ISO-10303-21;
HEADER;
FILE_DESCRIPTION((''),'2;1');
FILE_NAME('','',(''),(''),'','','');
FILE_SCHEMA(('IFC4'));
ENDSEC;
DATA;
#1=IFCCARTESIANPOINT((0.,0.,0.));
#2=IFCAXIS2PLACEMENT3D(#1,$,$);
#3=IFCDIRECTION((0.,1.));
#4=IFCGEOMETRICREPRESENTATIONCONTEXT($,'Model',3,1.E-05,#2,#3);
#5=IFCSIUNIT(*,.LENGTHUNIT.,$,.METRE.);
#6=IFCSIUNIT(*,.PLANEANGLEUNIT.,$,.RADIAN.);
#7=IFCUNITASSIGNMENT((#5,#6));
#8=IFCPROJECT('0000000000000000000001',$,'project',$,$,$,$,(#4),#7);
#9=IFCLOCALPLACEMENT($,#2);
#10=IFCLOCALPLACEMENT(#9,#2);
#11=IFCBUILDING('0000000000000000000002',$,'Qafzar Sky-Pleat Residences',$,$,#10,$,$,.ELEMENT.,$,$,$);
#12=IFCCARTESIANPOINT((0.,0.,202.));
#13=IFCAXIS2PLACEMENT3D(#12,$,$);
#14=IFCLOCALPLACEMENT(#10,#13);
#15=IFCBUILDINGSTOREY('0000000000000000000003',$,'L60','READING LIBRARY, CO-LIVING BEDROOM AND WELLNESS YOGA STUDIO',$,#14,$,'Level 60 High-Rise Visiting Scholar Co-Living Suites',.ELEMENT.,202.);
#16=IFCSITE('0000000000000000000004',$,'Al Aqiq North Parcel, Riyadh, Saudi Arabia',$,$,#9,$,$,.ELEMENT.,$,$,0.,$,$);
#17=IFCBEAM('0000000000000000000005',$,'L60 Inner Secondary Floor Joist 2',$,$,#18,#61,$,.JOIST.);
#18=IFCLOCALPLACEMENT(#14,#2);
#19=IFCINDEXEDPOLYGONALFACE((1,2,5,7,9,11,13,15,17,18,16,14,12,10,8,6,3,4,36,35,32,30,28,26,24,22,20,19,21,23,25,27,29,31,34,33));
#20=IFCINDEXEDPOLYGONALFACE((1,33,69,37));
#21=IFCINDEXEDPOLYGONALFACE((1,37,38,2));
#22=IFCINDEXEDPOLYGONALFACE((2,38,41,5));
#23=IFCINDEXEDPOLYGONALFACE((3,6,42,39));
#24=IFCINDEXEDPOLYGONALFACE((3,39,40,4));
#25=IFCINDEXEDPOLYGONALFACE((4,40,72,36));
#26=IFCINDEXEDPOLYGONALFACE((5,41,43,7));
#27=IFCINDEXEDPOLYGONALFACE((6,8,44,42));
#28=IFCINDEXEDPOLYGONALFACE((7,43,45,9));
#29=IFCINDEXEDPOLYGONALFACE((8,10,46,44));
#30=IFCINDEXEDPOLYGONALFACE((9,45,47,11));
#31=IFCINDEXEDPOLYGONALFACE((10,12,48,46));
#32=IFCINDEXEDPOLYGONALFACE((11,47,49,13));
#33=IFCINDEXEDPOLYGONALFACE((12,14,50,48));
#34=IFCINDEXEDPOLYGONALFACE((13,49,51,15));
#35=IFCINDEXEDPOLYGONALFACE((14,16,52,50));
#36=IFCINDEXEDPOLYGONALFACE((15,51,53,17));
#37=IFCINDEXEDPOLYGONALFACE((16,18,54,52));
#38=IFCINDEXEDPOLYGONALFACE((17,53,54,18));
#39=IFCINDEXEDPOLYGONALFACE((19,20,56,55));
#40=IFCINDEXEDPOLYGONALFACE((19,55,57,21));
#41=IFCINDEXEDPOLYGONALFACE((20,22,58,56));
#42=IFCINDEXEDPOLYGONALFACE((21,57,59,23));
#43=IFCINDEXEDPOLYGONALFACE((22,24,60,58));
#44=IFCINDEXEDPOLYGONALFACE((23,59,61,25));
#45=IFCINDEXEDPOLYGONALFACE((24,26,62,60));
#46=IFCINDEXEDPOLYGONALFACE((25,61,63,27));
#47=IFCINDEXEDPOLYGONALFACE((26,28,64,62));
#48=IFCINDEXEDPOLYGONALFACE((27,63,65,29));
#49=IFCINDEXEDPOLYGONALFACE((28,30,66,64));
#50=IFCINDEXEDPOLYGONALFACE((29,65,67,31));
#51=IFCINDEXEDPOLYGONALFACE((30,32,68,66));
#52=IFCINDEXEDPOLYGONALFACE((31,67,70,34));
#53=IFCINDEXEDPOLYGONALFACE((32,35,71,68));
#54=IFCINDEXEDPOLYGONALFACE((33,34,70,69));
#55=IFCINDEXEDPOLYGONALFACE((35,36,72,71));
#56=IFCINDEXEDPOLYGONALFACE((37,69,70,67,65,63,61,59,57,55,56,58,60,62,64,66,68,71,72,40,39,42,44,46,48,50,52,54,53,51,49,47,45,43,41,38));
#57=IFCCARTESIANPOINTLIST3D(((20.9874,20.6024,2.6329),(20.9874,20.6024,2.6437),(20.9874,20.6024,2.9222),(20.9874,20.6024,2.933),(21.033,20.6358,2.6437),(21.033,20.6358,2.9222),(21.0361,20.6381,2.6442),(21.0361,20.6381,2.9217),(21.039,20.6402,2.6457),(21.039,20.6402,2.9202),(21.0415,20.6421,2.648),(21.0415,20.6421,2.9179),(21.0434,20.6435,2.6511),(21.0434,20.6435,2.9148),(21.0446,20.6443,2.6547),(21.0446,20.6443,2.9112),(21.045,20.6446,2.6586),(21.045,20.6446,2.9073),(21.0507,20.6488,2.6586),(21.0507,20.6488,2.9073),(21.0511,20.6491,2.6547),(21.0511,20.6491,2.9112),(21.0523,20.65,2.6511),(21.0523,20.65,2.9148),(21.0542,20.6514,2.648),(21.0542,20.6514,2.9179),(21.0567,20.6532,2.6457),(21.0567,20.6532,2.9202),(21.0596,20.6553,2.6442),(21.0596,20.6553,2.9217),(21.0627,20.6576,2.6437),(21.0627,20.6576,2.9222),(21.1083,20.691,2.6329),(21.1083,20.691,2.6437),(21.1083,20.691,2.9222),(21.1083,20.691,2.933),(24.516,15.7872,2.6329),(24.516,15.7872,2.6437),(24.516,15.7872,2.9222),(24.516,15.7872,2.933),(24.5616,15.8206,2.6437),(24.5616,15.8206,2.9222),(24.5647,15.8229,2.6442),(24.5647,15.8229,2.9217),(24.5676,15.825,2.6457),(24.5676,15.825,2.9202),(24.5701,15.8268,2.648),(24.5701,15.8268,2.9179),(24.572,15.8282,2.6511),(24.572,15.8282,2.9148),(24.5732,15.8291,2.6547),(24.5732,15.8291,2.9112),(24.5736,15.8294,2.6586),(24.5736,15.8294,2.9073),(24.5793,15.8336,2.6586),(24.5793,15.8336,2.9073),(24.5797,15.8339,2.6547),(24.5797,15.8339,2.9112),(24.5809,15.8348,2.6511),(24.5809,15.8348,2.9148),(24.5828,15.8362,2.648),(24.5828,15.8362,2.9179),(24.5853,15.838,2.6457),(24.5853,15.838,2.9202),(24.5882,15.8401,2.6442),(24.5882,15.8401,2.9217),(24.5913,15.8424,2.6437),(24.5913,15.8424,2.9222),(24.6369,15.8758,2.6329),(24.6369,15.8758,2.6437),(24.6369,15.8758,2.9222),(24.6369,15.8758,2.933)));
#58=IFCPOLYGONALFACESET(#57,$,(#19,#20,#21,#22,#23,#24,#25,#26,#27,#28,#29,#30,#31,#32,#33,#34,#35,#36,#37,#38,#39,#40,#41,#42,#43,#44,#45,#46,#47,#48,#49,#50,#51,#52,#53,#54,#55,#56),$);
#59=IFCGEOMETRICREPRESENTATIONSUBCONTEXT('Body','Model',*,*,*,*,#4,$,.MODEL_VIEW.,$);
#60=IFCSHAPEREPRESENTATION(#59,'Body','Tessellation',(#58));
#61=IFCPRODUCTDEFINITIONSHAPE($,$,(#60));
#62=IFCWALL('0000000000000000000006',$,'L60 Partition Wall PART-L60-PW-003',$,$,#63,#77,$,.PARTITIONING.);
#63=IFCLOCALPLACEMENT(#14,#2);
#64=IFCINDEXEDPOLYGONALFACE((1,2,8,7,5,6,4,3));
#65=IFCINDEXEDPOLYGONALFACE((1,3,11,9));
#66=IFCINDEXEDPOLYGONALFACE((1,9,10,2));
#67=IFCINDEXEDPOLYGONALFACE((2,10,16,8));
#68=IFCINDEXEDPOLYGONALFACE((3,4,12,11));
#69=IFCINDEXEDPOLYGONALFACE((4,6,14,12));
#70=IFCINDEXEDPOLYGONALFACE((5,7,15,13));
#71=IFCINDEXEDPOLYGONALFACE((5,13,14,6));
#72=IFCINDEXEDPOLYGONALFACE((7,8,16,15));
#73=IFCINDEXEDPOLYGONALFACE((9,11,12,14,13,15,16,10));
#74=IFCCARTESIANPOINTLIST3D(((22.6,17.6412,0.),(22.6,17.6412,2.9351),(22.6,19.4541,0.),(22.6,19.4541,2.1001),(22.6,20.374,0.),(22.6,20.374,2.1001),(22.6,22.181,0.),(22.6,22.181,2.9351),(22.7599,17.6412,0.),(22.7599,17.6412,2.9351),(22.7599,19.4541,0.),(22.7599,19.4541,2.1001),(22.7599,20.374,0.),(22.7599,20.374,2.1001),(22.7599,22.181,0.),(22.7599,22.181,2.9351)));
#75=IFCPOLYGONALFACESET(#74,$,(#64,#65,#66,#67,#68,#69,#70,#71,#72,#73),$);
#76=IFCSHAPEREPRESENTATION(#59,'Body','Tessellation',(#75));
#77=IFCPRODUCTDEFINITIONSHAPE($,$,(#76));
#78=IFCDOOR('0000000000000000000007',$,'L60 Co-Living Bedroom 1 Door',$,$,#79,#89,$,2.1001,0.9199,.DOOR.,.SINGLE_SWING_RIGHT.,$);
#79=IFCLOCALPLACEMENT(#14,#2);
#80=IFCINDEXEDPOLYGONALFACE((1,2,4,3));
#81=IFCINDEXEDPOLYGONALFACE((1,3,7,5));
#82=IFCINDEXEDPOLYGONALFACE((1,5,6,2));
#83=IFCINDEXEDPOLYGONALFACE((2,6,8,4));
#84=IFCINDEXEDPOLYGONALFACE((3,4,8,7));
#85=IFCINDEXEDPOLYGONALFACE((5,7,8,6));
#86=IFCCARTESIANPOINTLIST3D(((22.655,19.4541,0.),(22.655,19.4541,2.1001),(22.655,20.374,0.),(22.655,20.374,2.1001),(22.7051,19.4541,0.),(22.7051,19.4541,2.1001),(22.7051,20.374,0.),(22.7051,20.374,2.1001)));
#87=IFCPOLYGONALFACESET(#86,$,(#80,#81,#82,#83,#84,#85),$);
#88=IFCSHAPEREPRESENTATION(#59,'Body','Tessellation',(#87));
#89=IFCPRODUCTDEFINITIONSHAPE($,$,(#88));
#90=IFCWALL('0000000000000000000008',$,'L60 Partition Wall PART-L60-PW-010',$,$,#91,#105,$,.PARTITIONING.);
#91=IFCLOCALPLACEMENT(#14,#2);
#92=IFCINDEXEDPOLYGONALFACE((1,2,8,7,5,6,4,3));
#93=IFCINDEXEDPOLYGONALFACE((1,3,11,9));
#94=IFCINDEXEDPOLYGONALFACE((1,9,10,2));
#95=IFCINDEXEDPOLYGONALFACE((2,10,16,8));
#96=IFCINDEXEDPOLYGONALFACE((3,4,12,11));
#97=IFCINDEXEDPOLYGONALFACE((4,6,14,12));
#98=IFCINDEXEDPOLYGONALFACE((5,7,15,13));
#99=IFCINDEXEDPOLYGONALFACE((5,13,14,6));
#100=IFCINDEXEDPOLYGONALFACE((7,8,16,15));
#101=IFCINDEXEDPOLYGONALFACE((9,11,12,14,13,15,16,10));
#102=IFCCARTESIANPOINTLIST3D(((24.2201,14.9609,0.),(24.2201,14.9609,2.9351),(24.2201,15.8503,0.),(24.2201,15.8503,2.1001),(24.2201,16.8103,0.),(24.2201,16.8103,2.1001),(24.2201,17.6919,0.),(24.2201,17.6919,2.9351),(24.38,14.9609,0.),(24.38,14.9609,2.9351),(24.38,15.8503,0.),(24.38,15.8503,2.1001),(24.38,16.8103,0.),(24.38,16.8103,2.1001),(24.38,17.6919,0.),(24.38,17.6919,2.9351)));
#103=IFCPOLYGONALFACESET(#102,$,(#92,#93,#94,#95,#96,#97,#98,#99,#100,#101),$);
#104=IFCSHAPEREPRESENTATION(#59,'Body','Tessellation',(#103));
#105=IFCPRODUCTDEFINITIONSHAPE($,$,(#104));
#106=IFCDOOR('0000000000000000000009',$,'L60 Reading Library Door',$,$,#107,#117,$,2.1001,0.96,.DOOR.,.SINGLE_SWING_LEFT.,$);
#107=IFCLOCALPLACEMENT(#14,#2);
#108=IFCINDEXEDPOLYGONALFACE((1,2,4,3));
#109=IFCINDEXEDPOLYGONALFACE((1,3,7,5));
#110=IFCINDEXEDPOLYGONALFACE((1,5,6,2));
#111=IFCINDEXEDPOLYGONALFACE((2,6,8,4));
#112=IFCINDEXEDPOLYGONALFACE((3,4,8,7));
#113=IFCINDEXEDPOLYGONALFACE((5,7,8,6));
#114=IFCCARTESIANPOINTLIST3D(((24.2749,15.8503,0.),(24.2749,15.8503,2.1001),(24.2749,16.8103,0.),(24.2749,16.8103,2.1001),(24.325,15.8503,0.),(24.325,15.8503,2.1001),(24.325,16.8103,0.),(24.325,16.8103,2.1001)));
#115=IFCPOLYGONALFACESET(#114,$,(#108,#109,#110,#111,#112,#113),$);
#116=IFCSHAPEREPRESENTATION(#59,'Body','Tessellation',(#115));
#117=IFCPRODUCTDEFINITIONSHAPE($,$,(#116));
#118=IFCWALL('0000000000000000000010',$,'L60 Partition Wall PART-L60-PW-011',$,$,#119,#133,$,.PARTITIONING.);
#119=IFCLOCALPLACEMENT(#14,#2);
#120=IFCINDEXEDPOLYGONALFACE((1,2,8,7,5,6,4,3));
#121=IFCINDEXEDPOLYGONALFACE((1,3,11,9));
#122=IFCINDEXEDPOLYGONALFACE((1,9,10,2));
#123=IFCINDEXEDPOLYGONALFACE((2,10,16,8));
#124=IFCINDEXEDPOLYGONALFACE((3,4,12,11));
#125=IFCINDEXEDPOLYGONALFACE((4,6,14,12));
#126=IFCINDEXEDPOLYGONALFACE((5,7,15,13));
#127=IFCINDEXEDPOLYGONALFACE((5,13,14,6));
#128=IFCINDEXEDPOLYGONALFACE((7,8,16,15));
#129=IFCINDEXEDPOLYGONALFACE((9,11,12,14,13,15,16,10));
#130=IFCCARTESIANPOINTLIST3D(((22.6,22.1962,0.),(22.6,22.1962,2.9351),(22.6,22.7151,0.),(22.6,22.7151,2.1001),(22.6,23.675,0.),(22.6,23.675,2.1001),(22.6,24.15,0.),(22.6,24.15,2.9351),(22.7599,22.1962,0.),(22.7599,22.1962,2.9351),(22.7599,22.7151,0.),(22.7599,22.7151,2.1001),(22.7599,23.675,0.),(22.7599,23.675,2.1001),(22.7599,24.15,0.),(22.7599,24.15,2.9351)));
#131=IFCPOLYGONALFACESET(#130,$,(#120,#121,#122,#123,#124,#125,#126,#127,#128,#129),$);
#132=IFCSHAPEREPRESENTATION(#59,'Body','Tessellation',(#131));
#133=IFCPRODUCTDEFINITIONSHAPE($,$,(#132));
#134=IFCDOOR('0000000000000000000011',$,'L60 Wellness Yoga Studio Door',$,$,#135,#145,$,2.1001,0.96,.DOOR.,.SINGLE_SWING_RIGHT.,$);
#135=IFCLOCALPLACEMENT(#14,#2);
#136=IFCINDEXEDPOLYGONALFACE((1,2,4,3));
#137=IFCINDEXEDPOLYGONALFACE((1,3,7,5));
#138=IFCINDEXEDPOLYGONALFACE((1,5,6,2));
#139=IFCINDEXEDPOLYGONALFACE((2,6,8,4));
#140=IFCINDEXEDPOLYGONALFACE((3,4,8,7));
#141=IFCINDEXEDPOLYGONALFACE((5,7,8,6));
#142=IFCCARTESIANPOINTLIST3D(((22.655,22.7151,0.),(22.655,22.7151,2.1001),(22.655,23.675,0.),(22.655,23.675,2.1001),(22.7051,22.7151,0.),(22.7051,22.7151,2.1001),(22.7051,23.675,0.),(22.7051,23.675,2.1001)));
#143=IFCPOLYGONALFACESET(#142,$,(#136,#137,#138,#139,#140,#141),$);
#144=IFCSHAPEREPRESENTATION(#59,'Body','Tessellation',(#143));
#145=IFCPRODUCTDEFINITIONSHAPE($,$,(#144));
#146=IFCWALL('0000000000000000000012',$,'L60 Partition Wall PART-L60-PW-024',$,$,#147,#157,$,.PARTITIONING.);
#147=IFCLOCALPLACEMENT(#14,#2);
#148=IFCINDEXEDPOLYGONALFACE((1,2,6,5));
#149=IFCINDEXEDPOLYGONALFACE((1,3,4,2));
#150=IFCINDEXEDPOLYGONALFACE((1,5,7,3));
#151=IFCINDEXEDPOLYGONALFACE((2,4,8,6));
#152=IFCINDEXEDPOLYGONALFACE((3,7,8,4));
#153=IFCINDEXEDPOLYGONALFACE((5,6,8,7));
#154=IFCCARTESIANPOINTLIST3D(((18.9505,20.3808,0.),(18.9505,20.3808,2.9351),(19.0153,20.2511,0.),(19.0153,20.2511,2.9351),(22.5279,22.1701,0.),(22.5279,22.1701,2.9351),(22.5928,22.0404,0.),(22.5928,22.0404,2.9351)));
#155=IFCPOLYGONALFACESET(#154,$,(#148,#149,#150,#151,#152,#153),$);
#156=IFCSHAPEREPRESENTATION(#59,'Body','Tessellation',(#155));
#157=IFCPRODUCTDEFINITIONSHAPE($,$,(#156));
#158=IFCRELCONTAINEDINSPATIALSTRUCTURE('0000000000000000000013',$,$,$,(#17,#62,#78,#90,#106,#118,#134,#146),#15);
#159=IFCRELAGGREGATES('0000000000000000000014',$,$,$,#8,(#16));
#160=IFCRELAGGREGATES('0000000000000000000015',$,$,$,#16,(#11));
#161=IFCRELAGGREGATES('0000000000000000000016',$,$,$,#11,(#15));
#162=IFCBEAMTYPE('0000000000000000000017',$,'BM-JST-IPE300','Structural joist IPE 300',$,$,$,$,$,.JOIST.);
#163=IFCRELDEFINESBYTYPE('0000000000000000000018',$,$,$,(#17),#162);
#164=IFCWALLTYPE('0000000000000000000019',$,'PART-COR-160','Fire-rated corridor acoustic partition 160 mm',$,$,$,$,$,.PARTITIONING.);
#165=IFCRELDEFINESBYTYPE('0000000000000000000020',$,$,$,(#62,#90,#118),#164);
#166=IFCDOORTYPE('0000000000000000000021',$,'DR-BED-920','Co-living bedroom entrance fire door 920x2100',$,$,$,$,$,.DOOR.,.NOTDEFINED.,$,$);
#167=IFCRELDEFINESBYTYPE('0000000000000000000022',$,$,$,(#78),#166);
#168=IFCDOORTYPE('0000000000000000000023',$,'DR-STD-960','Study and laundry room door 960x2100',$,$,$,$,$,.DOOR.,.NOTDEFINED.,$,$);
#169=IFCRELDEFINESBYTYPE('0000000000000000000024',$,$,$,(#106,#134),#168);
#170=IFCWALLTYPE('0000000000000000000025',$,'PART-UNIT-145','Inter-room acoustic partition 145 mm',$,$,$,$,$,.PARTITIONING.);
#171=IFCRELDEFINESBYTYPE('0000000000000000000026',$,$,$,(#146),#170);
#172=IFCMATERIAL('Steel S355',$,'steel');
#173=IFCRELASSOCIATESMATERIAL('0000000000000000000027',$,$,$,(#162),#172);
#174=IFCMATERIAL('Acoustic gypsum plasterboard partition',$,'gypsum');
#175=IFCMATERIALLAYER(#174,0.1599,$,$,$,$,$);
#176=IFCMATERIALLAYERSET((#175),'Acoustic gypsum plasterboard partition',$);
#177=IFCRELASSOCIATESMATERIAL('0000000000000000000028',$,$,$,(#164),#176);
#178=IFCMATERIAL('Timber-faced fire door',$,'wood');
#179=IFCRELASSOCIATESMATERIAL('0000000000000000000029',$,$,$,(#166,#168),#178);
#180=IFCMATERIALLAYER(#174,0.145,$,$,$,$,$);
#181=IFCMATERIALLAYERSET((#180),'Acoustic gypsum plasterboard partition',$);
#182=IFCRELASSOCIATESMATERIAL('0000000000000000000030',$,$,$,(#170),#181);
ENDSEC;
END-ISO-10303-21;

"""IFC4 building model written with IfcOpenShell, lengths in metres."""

from ifc_helpers import new_model, si_unit, direction, frame, frame_2d, origin, origin_2d, place, context, subcontext, project, spatial, rectangle, i_section, extrude, source, transform, mapped, material, layer, layer_set, material_profile, profile_set, type_object, element, fill, save


model = new_model("IFC4")

# Units and contexts
model_context = context("Model", 3, precision=1e-05, world=origin(), true_north=direction((0.0, 1.0)))
body_context = subcontext(model_context, "Body", "Model", "MODEL_VIEW")
ifc_project = project(units=[si_unit("LENGTHUNIT", "METRE"), si_unit("PLANEANGLEUNIT", "RADIAN")], contexts=[model_context])

# Site, building, storey
site_placement = place(None, origin())
site = spatial("IfcSite", under=ifc_project, at=site_placement, Name="Al Aqiq North Parcel, Riyadh, Saudi Arabia", CompositionType="ELEMENT", RefElevation=0.0)
building_placement = place(site_placement, origin())
building = spatial("IfcBuilding", under=site, at=building_placement, Name="Qafzar Sky-Pleat Residences", CompositionType="ELEMENT")
storey_placement = place(building_placement, frame((0.0, 0.0, 202.0)))
storey = spatial("IfcBuildingStorey", under=building, at=storey_placement, Name="L60", Description="READING LIBRARY, CO-LIVING BEDROOM AND WELLNESS YOGA STUDIO", LongName="Level 60 High-Rise Visiting Scholar Co-Living Suites", CompositionType="ELEMENT", Elevation=202.0)

# Beam
ifc_material_1 = material(Name="Steel S355", Category="steel")
ifc_material_profile = material_profile(ifc_material_1, i_section(OverallWidth=0.1499, OverallDepth=0.3, WebThickness=0.0071, FlangeThickness=0.0107, FilletRadius=0.0149, at=origin_2d()), Name="IPE 300")
ifc_profile_set = profile_set([ifc_material_profile], Name="Steel S355")
beam_type = type_object("IfcBeamType", Name="BM-JST-IPE300", Description="Structural joist IPE 300", PredefinedType="JOIST", material=ifc_profile_set)
shared_shape_1 = source(origin(), body_context, "Body", "SweptSolid", [
    extrude(i_section(OverallWidth=0.1499, OverallDepth=0.3, WebThickness=0.0071, FlangeThickness=0.0107, FilletRadius=0.0149, at=origin_2d()), origin(), (0.0, 0.0, 1.0), 5.9697),
])
beam_placement = place(storey_placement, frame((21.0479, 20.6467, 2.783), z_axis=(0.591083, -0.80661, 0.0), x_axis=(0.80661, 0.591083, 0.0)))
element("IfcBeam", 1, at=beam_placement, inside=storey, type_object=beam_type, Name="L60 Inner Secondary Floor Joist 2", PredefinedType="JOIST", context=body_context, shape_type="MappedRepresentation", body=[
    mapped(shared_shape_1, transform((0.0, 0.0, 0.0), x_axis=(1.0, 0.0, 0.0), y_axis=(0.0, 1.0, 0.0), z_axis=(0.0, 0.0, 1.0), scale=1.0)),
])

# Walls, openings, doors
ifc_material_2 = material(Name="Acoustic gypsum plasterboard partition", Category="gypsum")
ifc_layer_1 = layer(ifc_material_2, 0.1599)
ifc_layer_set_1 = layer_set([ifc_layer_1], Name="Acoustic gypsum plasterboard partition")
wall_type_1 = type_object("IfcWallType", Name="PART-COR-160", Description="Fire-rated corridor acoustic partition 160 mm", PredefinedType="PARTITIONING", material=ifc_layer_set_1)
wall_1_placement = place(storey_placement, frame((22.6799, 17.6411, 0.0), z_axis=(0.0, 0.0, 1.0), x_axis=(0.0, 1.0, 0.0)))
wall_1 = element("IfcWall", 2, at=wall_1_placement, inside=storey, type_object=wall_type_1, Name="L60 Partition Wall PART-L60-PW-003", PredefinedType="PARTITIONING", context=body_context, shape_type="SweptSolid", body=[
    extrude(rectangle(XDim=4.5398, YDim=0.1599, at=frame_2d((2.27, 0.0))), origin(), (0.0, 0.0, 1.0), 2.9351),
])
opening_1_placement = place(wall_1_placement, frame((1.813, 0.0, 0.0)))
opening_1 = element("IfcOpeningElement", 3, at=opening_1_placement, cuts=wall_1, PredefinedType="OPENING", context=body_context, shape_type="SweptSolid", body=[
    extrude(rectangle(XDim=0.9199, YDim=2.1001, at=frame_2d((0.46, 1.05))), frame((0.0, 0.0898, 0.0), z_axis=(0.0, -1.0, 0.0), x_axis=(1.0, 0.0, 0.0)), (0.0, 0.0, 1.0), 0.1799),
])
ifc_material_3 = material(Name="Timber-faced fire door", Category="wood")
door_type_1 = type_object("IfcDoorType", Name="DR-BED-920", Description="Co-living bedroom entrance fire door 920x2100", OperationType="NOTDEFINED", PredefinedType="DOOR", material=ifc_material_3)
shared_shape_2 = source(origin(), body_context, "Body", "SweptSolid", [
    extrude(rectangle(XDim=0.9199, YDim=2.1001, at=frame_2d((0.46, 1.05))), frame((0.0, 0.0249, 0.0), z_axis=(0.0, -1.0, 0.0), x_axis=(1.0, 0.0, 0.0)), (0.0, 0.0, 1.0), 0.05),
])
door_1_placement = place(opening_1_placement, origin())
door_1 = element("IfcDoor", 4, at=door_1_placement, inside=storey, type_object=door_type_1, Name="L60 Co-Living Bedroom 1 Door", OperationType="SINGLE_SWING_RIGHT", OverallHeight=2.1001, OverallWidth=0.9199, PredefinedType="DOOR", context=body_context, shape_type="MappedRepresentation", body=[
    mapped(shared_shape_2, transform((0.0, 0.0, 0.0), x_axis=(1.0, 0.0, 0.0), y_axis=(0.0, 1.0, 0.0), z_axis=(0.0, 0.0, 1.0), scale=1.0)),
])
fill(opening_1, door_1)
wall_2_placement = place(storey_placement, frame((24.3, 17.6919, 0.0), z_axis=(0.0, 0.0, 1.0), x_axis=(0.0, -1.0, 0.0)))
wall_2 = element("IfcWall", 5, at=wall_2_placement, inside=storey, type_object=wall_type_1, Name="L60 Partition Wall PART-L60-PW-010", PredefinedType="PARTITIONING", context=body_context, shape_type="SweptSolid", body=[
    extrude(rectangle(XDim=2.731, YDim=0.1599, at=frame_2d((1.3655, 0.0))), origin(), (0.0, 0.0, 1.0), 2.9351),
])
opening_2_placement = place(wall_2_placement, frame((0.8816, 0.0, 0.0)))
opening_2 = element("IfcOpeningElement", 6, at=opening_2_placement, cuts=wall_2, PredefinedType="OPENING", context=body_context, shape_type="SweptSolid", body=[
    extrude(rectangle(XDim=0.96, YDim=2.1001, at=frame_2d((0.48, 1.05))), frame((0.0, 0.0898, 0.0), z_axis=(0.0, -1.0, 0.0), x_axis=(1.0, 0.0, 0.0)), (0.0, 0.0, 1.0), 0.1799),
])
door_type_2 = type_object("IfcDoorType", Name="DR-STD-960", Description="Study and laundry room door 960x2100", OperationType="NOTDEFINED", PredefinedType="DOOR", material=ifc_material_3)
shared_shape_3 = source(origin(), body_context, "Body", "SweptSolid", [
    extrude(rectangle(XDim=0.96, YDim=2.1001, at=frame_2d((0.48, 1.05))), frame((0.0, 0.0249, 0.0), z_axis=(0.0, -1.0, 0.0), x_axis=(1.0, 0.0, 0.0)), (0.0, 0.0, 1.0), 0.05),
])
door_2_placement = place(opening_2_placement, origin())
door_2 = element("IfcDoor", 7, at=door_2_placement, inside=storey, type_object=door_type_2, Name="L60 Reading Library Door", OperationType="SINGLE_SWING_LEFT", OverallHeight=2.1001, OverallWidth=0.96, PredefinedType="DOOR", context=body_context, shape_type="MappedRepresentation", body=[
    mapped(shared_shape_3, transform((0.0, 0.0, 0.0), x_axis=(1.0, 0.0, 0.0), y_axis=(0.0, 1.0, 0.0), z_axis=(0.0, 0.0, 1.0), scale=1.0)),
])
fill(opening_2, door_2)
wall_3_placement = place(storey_placement, frame((22.6799, 22.196, 0.0), z_axis=(0.0, 0.0, 1.0), x_axis=(0.0, 1.0, 0.0)))
wall_3 = element("IfcWall", 8, at=wall_3_placement, inside=storey, type_object=wall_type_1, Name="L60 Partition Wall PART-L60-PW-011", PredefinedType="PARTITIONING", context=body_context, shape_type="SweptSolid", body=[
    extrude(rectangle(XDim=1.9539, YDim=0.1599, at=frame_2d((0.9771, 0.0))), origin(), (0.0, 0.0, 1.0), 2.9351),
])
opening_3_placement = place(wall_3_placement, frame((0.519, 0.0, 0.0)))
opening_3 = element("IfcOpeningElement", 9, at=opening_3_placement, cuts=wall_3, PredefinedType="OPENING", context=body_context, shape_type="SweptSolid", body=[
    extrude(rectangle(XDim=0.96, YDim=2.1001, at=frame_2d((0.48, 1.05))), frame((0.0, 0.0898, 0.0), z_axis=(0.0, -1.0, 0.0), x_axis=(1.0, 0.0, 0.0)), (0.0, 0.0, 1.0), 0.1799),
])
door_3_placement = place(opening_3_placement, origin())
door_3 = element("IfcDoor", 10, at=door_3_placement, inside=storey, type_object=door_type_2, Name="L60 Wellness Yoga Studio Door", OperationType="SINGLE_SWING_RIGHT", OverallHeight=2.1001, OverallWidth=0.96, PredefinedType="DOOR", context=body_context, shape_type="MappedRepresentation", body=[
    mapped(shared_shape_3, transform((0.0, 0.0, 0.0), x_axis=(1.0, 0.0, 0.0), y_axis=(0.0, 1.0, 0.0), z_axis=(0.0, 0.0, 1.0), scale=1.0)),
])
fill(opening_3, door_3)

# Wall
ifc_layer_2 = layer(ifc_material_2, 0.145)
ifc_layer_set_2 = layer_set([ifc_layer_2], Name="Acoustic gypsum plasterboard partition")
wall_type_2 = type_object("IfcWallType", Name="PART-UNIT-145", Description="Inter-room acoustic partition 145 mm", PredefinedType="PARTITIONING", material=ifc_layer_set_2)
wall_4_placement = place(storey_placement, frame((18.9829, 20.3159, 0.0), z_axis=(0.0, 0.0, 1.0), x_axis=(0.894366, 0.447336, 0.0)))
element("IfcWall", 11, at=wall_4_placement, inside=storey, type_object=wall_type_2, Name="L60 Partition Wall PART-L60-PW-024", PredefinedType="PARTITIONING", context=body_context, shape_type="SweptSolid", body=[
    extrude(rectangle(XDim=4.0, YDim=0.145, at=frame_2d((2.0, 0.0))), origin(), (0.0, 0.0, 1.0), 2.9351),
])

save(model, "model.ifc")
